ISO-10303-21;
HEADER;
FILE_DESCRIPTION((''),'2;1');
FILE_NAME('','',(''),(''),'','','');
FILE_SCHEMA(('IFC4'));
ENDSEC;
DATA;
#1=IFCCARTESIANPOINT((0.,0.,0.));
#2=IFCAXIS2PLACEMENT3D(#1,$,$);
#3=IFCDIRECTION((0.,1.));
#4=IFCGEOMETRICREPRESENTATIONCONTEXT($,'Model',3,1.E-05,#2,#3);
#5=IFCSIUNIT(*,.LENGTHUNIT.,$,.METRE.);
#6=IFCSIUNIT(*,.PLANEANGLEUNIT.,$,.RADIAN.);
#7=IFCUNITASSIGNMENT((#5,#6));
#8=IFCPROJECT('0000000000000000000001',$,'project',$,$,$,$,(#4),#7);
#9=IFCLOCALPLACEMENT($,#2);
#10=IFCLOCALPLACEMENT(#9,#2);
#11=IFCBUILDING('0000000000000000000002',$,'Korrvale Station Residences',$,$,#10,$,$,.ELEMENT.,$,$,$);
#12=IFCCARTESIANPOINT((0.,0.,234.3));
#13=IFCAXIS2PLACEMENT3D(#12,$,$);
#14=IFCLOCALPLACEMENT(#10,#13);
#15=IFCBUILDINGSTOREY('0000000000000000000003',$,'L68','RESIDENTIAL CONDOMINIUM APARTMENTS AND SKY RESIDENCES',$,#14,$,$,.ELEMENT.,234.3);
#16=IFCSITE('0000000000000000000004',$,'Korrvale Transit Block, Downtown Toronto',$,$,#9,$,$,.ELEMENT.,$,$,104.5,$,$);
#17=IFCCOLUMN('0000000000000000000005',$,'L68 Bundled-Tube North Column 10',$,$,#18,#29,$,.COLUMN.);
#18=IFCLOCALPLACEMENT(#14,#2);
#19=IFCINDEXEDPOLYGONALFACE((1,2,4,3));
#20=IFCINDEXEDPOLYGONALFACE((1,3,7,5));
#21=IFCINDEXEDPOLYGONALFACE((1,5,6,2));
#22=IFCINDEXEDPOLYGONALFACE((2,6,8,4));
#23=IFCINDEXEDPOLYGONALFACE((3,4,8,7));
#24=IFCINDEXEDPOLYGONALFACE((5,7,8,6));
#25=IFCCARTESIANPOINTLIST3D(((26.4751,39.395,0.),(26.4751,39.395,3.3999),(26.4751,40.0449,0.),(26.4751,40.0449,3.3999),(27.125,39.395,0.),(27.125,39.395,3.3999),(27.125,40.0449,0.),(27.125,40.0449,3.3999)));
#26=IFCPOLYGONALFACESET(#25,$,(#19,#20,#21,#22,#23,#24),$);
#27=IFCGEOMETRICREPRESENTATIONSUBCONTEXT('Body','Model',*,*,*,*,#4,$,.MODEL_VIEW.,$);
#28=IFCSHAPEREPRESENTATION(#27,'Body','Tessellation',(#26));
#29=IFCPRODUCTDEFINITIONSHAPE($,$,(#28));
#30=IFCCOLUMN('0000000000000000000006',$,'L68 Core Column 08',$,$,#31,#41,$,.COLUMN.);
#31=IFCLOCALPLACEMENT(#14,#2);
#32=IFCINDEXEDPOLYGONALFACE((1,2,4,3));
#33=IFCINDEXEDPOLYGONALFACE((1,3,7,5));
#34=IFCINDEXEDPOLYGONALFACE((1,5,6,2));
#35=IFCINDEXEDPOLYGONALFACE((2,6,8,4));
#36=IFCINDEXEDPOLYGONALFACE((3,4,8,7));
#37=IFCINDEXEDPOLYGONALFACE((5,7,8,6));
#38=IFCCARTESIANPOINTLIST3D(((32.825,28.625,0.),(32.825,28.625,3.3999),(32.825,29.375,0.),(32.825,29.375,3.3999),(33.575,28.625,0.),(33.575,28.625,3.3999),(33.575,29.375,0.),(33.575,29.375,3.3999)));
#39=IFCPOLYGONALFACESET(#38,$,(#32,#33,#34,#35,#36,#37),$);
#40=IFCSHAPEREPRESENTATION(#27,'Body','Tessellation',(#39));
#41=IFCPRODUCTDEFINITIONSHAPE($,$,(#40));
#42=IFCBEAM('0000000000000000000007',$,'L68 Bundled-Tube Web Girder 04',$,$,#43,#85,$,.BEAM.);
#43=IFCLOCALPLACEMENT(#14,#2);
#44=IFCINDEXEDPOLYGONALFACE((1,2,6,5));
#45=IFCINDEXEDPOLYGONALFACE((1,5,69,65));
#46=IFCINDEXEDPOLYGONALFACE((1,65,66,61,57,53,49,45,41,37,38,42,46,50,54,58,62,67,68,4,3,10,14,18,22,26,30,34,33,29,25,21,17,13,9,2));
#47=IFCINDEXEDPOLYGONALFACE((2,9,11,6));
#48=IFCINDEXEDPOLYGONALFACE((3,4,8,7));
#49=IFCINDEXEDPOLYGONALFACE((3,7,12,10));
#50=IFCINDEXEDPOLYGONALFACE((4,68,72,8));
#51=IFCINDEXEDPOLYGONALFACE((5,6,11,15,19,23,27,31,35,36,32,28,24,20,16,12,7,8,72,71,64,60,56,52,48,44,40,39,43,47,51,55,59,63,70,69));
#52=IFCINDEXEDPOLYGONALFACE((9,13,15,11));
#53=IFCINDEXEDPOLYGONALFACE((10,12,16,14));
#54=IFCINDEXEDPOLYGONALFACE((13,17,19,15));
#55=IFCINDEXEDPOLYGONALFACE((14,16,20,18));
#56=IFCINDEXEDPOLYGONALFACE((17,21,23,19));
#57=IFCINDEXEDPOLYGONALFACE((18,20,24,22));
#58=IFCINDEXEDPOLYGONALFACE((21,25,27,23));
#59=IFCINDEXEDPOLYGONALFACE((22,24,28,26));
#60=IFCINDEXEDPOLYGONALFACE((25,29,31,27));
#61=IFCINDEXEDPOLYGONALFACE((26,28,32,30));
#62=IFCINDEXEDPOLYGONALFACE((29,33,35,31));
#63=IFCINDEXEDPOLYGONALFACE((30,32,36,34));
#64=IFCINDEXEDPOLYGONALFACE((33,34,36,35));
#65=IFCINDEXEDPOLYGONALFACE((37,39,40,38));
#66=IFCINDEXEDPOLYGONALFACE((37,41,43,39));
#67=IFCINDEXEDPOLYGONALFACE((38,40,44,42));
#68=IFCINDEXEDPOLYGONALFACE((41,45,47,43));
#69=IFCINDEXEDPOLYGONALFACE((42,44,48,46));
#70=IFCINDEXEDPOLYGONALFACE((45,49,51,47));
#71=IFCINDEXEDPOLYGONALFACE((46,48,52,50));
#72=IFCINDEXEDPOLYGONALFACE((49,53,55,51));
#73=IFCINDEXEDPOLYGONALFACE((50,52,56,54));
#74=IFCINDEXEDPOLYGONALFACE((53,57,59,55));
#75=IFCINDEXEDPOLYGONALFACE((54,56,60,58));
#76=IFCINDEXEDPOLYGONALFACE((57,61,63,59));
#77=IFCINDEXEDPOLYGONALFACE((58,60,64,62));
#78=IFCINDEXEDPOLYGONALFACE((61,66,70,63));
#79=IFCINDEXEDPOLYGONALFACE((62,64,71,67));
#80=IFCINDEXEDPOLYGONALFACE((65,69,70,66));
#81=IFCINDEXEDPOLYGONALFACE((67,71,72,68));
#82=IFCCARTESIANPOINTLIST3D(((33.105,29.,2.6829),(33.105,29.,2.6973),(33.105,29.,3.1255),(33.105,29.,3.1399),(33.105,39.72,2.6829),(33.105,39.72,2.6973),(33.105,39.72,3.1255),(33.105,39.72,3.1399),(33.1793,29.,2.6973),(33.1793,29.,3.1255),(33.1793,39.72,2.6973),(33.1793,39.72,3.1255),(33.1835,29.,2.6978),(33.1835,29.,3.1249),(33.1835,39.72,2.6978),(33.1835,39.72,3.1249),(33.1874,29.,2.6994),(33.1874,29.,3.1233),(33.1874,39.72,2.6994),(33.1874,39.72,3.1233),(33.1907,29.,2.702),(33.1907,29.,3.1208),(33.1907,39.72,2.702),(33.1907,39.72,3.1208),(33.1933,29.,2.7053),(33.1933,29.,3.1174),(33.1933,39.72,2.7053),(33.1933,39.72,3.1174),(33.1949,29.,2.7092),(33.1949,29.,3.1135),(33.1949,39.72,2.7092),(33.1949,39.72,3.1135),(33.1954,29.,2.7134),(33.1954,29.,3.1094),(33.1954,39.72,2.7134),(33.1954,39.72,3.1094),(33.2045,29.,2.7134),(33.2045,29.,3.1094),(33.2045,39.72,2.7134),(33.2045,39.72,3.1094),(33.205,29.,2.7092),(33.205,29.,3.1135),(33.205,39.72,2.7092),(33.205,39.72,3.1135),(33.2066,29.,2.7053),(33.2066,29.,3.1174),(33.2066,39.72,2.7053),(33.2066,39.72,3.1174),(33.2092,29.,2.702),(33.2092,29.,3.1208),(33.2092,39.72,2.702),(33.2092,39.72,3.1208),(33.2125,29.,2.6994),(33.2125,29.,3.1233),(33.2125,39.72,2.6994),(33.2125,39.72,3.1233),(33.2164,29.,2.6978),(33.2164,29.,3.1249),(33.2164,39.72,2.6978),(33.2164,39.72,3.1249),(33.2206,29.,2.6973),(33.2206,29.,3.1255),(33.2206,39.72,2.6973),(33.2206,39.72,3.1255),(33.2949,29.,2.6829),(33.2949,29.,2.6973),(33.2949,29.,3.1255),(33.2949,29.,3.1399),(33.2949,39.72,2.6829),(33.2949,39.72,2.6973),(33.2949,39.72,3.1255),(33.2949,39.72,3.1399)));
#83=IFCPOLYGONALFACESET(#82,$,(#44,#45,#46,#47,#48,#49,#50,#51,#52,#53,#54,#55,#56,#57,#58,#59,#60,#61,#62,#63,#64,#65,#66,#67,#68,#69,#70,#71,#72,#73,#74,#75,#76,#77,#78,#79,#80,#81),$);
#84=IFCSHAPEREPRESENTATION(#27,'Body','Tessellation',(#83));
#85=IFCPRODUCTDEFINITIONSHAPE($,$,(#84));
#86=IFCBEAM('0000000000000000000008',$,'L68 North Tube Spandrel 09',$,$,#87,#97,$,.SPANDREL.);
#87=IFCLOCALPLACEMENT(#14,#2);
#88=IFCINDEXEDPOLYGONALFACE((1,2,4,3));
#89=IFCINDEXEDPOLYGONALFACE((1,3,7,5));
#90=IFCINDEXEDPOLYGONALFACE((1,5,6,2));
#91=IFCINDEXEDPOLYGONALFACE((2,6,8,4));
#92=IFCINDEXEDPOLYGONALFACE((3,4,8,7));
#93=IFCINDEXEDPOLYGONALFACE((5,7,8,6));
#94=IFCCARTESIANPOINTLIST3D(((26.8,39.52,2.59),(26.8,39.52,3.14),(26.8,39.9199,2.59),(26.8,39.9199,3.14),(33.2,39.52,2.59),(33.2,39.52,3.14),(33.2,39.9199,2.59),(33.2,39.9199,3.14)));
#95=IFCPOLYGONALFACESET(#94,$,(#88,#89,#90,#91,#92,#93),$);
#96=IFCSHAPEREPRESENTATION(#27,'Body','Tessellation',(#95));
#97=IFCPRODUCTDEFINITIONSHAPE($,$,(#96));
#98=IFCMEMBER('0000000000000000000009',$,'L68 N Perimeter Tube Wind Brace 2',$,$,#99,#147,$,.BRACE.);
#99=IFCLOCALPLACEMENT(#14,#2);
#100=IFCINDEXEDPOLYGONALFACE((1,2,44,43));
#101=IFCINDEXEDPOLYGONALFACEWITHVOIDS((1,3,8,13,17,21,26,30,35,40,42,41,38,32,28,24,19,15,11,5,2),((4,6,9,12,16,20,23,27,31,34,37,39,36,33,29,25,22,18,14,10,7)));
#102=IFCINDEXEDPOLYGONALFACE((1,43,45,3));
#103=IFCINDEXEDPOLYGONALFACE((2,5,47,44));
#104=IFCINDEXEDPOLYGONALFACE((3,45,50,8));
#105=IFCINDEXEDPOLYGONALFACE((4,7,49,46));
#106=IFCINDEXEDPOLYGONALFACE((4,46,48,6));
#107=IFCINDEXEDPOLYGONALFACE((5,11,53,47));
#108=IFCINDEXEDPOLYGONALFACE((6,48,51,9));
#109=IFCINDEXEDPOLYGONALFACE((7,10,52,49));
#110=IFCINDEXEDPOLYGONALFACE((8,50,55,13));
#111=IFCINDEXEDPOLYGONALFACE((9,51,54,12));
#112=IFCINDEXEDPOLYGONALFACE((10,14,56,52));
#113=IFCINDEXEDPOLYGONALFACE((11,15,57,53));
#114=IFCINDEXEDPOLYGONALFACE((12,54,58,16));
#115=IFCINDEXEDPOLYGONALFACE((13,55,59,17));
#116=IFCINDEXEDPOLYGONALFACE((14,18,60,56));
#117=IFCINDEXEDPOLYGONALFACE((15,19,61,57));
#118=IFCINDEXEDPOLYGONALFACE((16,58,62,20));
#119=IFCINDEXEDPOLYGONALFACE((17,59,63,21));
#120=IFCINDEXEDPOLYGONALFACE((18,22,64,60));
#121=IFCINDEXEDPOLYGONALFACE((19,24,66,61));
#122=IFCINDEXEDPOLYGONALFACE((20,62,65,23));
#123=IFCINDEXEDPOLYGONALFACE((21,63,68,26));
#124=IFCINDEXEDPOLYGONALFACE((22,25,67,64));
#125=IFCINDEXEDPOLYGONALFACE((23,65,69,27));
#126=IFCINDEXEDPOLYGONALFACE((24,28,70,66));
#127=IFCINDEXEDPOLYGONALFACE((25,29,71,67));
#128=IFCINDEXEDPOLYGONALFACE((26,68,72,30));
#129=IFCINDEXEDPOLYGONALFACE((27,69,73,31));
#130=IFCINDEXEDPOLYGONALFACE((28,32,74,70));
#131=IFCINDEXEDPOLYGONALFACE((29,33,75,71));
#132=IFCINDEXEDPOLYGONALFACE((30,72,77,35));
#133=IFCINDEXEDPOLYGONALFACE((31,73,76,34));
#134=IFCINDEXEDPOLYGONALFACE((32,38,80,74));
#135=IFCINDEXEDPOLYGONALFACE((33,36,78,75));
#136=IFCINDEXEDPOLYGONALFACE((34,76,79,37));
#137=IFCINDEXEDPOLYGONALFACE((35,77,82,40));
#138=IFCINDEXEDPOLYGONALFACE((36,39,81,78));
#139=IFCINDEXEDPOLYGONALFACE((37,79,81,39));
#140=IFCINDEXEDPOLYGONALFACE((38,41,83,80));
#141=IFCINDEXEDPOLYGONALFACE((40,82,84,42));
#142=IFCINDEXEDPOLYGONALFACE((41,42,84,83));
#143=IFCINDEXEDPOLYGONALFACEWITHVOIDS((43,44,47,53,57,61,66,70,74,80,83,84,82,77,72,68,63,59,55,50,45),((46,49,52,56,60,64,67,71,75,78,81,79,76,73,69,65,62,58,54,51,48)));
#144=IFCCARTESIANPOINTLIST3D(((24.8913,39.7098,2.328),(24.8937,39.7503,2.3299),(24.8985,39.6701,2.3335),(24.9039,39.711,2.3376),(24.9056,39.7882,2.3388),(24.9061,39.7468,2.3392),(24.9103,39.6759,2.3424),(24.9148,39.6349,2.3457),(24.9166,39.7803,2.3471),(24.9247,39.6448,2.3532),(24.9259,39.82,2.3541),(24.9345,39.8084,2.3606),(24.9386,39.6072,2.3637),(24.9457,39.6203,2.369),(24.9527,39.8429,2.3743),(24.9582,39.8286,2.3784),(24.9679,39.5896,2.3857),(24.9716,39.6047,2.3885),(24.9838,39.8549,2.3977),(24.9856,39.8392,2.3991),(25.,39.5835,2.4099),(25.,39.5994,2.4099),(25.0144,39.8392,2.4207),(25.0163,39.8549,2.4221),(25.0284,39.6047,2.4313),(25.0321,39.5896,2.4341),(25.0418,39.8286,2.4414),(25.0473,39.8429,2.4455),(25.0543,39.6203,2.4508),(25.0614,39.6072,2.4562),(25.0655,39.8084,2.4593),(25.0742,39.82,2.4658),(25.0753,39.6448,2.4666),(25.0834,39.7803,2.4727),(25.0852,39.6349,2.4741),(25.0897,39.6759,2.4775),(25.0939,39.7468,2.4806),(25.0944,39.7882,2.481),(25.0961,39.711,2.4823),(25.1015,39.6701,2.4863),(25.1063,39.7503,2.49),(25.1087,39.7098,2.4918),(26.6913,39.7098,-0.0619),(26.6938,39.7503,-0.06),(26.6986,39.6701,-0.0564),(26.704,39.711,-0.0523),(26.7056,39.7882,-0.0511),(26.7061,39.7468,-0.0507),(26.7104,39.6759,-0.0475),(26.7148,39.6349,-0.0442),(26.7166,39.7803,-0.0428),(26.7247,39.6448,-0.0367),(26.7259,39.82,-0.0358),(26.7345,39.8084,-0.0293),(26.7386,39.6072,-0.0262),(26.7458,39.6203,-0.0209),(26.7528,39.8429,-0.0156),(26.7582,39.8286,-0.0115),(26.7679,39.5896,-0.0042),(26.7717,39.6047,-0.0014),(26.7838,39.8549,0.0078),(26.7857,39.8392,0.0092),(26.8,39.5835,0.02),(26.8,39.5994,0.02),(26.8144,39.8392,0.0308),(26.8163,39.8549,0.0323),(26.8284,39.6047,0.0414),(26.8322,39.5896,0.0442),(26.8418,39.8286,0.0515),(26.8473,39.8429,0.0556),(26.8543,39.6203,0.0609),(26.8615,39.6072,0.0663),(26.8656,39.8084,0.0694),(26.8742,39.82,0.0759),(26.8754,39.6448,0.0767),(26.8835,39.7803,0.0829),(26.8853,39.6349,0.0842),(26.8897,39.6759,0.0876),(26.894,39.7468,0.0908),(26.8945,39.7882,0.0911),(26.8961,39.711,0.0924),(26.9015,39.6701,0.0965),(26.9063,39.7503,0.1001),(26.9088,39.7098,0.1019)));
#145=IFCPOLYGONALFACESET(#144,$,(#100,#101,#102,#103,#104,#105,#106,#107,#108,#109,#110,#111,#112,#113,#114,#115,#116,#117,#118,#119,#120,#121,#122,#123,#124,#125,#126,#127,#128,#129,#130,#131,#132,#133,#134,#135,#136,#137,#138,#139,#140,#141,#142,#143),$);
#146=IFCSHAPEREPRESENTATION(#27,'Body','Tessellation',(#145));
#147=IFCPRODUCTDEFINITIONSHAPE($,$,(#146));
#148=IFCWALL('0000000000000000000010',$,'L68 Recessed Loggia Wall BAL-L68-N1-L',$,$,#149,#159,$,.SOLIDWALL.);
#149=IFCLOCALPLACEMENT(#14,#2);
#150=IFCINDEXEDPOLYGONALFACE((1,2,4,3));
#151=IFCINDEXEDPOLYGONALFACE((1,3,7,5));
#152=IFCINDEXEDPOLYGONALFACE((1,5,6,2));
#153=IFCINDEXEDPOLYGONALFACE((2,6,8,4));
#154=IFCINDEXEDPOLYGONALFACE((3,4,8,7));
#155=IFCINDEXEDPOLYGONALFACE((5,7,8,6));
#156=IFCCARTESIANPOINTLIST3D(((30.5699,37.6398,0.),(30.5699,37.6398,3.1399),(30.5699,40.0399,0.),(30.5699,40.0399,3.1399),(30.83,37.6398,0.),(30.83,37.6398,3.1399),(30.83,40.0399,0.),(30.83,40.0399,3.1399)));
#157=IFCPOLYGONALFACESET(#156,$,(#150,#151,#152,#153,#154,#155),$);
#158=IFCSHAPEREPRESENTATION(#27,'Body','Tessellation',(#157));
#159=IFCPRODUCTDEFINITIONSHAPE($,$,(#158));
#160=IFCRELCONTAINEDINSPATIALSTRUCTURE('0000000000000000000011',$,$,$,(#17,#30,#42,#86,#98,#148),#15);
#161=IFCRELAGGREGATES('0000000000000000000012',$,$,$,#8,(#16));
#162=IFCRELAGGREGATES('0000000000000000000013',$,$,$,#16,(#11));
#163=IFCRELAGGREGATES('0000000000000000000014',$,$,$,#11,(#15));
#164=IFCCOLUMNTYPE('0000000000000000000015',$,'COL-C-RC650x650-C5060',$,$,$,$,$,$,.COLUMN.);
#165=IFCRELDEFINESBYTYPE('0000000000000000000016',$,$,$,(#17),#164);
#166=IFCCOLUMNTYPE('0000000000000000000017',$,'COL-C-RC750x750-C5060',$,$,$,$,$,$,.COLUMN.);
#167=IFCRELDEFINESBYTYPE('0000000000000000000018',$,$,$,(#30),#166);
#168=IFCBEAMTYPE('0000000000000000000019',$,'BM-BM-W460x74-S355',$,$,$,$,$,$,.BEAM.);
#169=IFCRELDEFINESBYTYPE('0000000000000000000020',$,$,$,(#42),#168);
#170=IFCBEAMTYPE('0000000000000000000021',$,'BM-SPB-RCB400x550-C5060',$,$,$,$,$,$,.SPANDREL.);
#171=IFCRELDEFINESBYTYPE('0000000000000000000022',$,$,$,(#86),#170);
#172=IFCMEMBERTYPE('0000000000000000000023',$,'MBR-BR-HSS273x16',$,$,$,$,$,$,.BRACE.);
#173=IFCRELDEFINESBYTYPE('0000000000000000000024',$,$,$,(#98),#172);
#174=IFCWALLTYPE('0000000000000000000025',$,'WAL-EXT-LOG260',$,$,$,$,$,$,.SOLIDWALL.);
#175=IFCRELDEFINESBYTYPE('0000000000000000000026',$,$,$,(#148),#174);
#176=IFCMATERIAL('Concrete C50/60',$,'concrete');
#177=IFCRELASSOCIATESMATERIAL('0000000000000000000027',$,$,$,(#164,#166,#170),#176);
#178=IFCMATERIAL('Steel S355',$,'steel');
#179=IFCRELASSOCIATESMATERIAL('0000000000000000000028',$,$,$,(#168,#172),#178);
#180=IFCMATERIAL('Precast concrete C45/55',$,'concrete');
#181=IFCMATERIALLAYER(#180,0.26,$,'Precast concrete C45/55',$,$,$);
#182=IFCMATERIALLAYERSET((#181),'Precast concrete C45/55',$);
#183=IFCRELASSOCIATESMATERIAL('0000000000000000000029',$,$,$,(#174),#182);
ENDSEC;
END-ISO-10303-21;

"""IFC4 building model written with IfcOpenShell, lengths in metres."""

from ifc_helpers import new_model, si_unit, direction, frame, frame_2d, origin, origin_2d, place, context, subcontext, project, spatial, rectangle, hollow_circle, i_section, extrude, material, layer, layer_set, material_profile, profile_set, type_object, element, save


model = new_model("IFC4")

# Units and contexts
model_context = context("Model", 3, precision=1e-05, world=origin(), true_north=direction((0.0, 1.0)))
body_context = subcontext(model_context, "Body", "Model", "MODEL_VIEW")
ifc_project = project(units=[si_unit("LENGTHUNIT", "METRE"), si_unit("PLANEANGLEUNIT", "RADIAN")], contexts=[model_context])

# Site, building, storey
site_placement = place(None, origin())
site = spatial("IfcSite", under=ifc_project, at=site_placement, Name="Korrvale Transit Block, Downtown Toronto", CompositionType="ELEMENT", RefElevation=104.5)
building_placement = place(site_placement, origin())
building = spatial("IfcBuilding", under=site, at=building_placement, Name="Korrvale Station Residences", CompositionType="ELEMENT")
storey_placement = place(building_placement, frame((0.0, 0.0, 234.3)))
storey = spatial("IfcBuildingStorey", under=building, at=storey_placement, Name="L68", Description="RESIDENTIAL CONDOMINIUM APARTMENTS AND SKY RESIDENCES", CompositionType="ELEMENT", Elevation=234.3)

# Columns
ifc_material_1 = material(Name="Concrete C50/60", Category="concrete")
ifc_material_profile_1 = material_profile(ifc_material_1, rectangle(XDim=0.6499, YDim=0.6499, at=origin_2d()), Name="RC650x650")
ifc_profile_set_1 = profile_set([ifc_material_profile_1], Name="Concrete C50/60")
column_type_1 = type_object("IfcColumnType", Name="COL-C-RC650x650-C5060", PredefinedType="COLUMN", material=ifc_profile_set_1)
column_1_placement = place(storey_placement, frame((26.8, 39.72, 0.0), z_axis=(0.0, 0.0, 1.0), x_axis=(1.0, 0.0, 0.0)))
element("IfcColumn", 1, at=column_1_placement, inside=storey, type_object=column_type_1, Name="L68 Bundled-Tube North Column 10", PredefinedType="COLUMN", context=body_context, shape_type="SweptSolid", body=[
    extrude(rectangle(XDim=0.6499, YDim=0.6499, at=origin_2d()), origin(), (0.0, 0.0, 1.0), 3.3999),
])
ifc_material_profile_2 = material_profile(ifc_material_1, rectangle(XDim=0.75, YDim=0.75, at=origin_2d()), Name="RC750x750")
ifc_profile_set_2 = profile_set([ifc_material_profile_2], Name="Concrete C50/60")
column_type_2 = type_object("IfcColumnType", Name="COL-C-RC750x750-C5060", PredefinedType="COLUMN", material=ifc_profile_set_2)
column_2_placement = place(storey_placement, frame((33.2, 29.0, 0.0), z_axis=(0.0, 0.0, 1.0), x_axis=(1.0, 0.0, 0.0)))
element("IfcColumn", 2, at=column_2_placement, inside=storey, type_object=column_type_2, Name="L68 Core Column 08", PredefinedType="COLUMN", context=body_context, shape_type="SweptSolid", body=[
    extrude(rectangle(XDim=0.75, YDim=0.75, at=origin_2d()), origin(), (0.0, 0.0, 1.0), 3.3999),
])

# Beams
ifc_material_2 = material(Name="Steel S355", Category="steel")
ifc_material_profile_3 = material_profile(ifc_material_2, i_section(OverallWidth=0.1899, OverallDepth=0.457, WebThickness=0.009, FlangeThickness=0.0144, FilletRadius=0.0161, at=origin_2d()), Name="W460x74")
ifc_profile_set_3 = profile_set([ifc_material_profile_3], Name="Steel S355")
beam_type_1 = type_object("IfcBeamType", Name="BM-BM-W460x74-S355", PredefinedType="BEAM", material=ifc_profile_set_3)
beam_1_placement = place(storey_placement, frame((33.2, 29.0, 2.9114), z_axis=(0.0, 1.0, 0.0), x_axis=(-1.0, 0.0, 0.0)))
element("IfcBeam", 3, at=beam_1_placement, inside=storey, type_object=beam_type_1, Name="L68 Bundled-Tube Web Girder 04", PredefinedType="BEAM", context=body_context, shape_type="SweptSolid", body=[
    extrude(i_section(OverallWidth=0.1899, OverallDepth=0.457, WebThickness=0.009, FlangeThickness=0.0144, FilletRadius=0.0161, at=origin_2d()), origin(), (0.0, 0.0, 1.0), 10.72),
])
ifc_material_profile_4 = material_profile(ifc_material_1, rectangle(XDim=0.3999, YDim=0.55, at=origin_2d()), Name="RCB400x550")
ifc_profile_set_4 = profile_set([ifc_material_profile_4], Name="Concrete C50/60")
beam_type_2 = type_object("IfcBeamType", Name="BM-SPB-RCB400x550-C5060", PredefinedType="SPANDREL", material=ifc_profile_set_4)
beam_2_placement = place(storey_placement, frame((26.8, 39.72, 2.865), z_axis=(1.0, 0.0, 0.0), x_axis=(0.0, 1.0, 0.0)))
element("IfcBeam", 4, at=beam_2_placement, inside=storey, type_object=beam_type_2, Name="L68 North Tube Spandrel 09", PredefinedType="SPANDREL", context=body_context, shape_type="SweptSolid", body=[
    extrude(rectangle(XDim=0.3999, YDim=0.55, at=origin_2d()), origin(), (0.0, 0.0, 1.0), 6.3999),
])

# Member
ifc_material_profile_5 = material_profile(ifc_material_2, hollow_circle(Radius=0.1365, WallThickness=0.0159, at=origin_2d()), Name="HSS273x16")
ifc_profile_set_5 = profile_set([ifc_material_profile_5], Name="Steel S355")
member_type = type_object("IfcMemberType", Name="MBR-BR-HSS273x16", PredefinedType="BRACE", material=ifc_profile_set_5)
member_placement = place(storey_placement, frame((26.8, 39.72, 0.02), z_axis=(-0.601631, 0.0, 0.798774), x_axis=(0.0, -1.0, 0.0)))
element("IfcMember", 5, at=member_placement, inside=storey, type_object=member_type, Name="L68 N Perimeter Tube Wind Brace 2", PredefinedType="BRACE", context=body_context, shape_type="SweptSolid", body=[
    extrude(hollow_circle(Radius=0.1365, WallThickness=0.0159, at=origin_2d()), origin(), (0.0, 0.0, 1.0), 2.9919),
])

# Wall
ifc_material_3 = material(Name="Precast concrete C45/55", Category="concrete")
ifc_layer_1 = layer(ifc_material_3, 0.26, Name="Precast concrete C45/55")
ifc_layer_set_1 = layer_set([ifc_layer_1], Name="Precast concrete C45/55")
wall_type_1 = type_object("IfcWallType", Name="WAL-EXT-LOG260", PredefinedType="SOLIDWALL", material=ifc_layer_set_1)
wall_1_placement = place(storey_placement, frame((30.7, 40.04, 0.0), z_axis=(0.0, 0.0, 1.0), x_axis=(0.0, -1.0, 0.0)))
element("IfcWall", 6, at=wall_1_placement, inside=storey, type_object=wall_type_1, Name="L68 Recessed Loggia Wall BAL-L68-N1-L", PredefinedType="SOLIDWALL", context=body_context, shape_type="SweptSolid", body=[
    extrude(rectangle(XDim=2.4001, YDim=0.26, at=frame_2d((1.2002, 0.0))), origin(), (0.0, 0.0, 1.0), 3.1399),
])

save(model, "model.ifc")
